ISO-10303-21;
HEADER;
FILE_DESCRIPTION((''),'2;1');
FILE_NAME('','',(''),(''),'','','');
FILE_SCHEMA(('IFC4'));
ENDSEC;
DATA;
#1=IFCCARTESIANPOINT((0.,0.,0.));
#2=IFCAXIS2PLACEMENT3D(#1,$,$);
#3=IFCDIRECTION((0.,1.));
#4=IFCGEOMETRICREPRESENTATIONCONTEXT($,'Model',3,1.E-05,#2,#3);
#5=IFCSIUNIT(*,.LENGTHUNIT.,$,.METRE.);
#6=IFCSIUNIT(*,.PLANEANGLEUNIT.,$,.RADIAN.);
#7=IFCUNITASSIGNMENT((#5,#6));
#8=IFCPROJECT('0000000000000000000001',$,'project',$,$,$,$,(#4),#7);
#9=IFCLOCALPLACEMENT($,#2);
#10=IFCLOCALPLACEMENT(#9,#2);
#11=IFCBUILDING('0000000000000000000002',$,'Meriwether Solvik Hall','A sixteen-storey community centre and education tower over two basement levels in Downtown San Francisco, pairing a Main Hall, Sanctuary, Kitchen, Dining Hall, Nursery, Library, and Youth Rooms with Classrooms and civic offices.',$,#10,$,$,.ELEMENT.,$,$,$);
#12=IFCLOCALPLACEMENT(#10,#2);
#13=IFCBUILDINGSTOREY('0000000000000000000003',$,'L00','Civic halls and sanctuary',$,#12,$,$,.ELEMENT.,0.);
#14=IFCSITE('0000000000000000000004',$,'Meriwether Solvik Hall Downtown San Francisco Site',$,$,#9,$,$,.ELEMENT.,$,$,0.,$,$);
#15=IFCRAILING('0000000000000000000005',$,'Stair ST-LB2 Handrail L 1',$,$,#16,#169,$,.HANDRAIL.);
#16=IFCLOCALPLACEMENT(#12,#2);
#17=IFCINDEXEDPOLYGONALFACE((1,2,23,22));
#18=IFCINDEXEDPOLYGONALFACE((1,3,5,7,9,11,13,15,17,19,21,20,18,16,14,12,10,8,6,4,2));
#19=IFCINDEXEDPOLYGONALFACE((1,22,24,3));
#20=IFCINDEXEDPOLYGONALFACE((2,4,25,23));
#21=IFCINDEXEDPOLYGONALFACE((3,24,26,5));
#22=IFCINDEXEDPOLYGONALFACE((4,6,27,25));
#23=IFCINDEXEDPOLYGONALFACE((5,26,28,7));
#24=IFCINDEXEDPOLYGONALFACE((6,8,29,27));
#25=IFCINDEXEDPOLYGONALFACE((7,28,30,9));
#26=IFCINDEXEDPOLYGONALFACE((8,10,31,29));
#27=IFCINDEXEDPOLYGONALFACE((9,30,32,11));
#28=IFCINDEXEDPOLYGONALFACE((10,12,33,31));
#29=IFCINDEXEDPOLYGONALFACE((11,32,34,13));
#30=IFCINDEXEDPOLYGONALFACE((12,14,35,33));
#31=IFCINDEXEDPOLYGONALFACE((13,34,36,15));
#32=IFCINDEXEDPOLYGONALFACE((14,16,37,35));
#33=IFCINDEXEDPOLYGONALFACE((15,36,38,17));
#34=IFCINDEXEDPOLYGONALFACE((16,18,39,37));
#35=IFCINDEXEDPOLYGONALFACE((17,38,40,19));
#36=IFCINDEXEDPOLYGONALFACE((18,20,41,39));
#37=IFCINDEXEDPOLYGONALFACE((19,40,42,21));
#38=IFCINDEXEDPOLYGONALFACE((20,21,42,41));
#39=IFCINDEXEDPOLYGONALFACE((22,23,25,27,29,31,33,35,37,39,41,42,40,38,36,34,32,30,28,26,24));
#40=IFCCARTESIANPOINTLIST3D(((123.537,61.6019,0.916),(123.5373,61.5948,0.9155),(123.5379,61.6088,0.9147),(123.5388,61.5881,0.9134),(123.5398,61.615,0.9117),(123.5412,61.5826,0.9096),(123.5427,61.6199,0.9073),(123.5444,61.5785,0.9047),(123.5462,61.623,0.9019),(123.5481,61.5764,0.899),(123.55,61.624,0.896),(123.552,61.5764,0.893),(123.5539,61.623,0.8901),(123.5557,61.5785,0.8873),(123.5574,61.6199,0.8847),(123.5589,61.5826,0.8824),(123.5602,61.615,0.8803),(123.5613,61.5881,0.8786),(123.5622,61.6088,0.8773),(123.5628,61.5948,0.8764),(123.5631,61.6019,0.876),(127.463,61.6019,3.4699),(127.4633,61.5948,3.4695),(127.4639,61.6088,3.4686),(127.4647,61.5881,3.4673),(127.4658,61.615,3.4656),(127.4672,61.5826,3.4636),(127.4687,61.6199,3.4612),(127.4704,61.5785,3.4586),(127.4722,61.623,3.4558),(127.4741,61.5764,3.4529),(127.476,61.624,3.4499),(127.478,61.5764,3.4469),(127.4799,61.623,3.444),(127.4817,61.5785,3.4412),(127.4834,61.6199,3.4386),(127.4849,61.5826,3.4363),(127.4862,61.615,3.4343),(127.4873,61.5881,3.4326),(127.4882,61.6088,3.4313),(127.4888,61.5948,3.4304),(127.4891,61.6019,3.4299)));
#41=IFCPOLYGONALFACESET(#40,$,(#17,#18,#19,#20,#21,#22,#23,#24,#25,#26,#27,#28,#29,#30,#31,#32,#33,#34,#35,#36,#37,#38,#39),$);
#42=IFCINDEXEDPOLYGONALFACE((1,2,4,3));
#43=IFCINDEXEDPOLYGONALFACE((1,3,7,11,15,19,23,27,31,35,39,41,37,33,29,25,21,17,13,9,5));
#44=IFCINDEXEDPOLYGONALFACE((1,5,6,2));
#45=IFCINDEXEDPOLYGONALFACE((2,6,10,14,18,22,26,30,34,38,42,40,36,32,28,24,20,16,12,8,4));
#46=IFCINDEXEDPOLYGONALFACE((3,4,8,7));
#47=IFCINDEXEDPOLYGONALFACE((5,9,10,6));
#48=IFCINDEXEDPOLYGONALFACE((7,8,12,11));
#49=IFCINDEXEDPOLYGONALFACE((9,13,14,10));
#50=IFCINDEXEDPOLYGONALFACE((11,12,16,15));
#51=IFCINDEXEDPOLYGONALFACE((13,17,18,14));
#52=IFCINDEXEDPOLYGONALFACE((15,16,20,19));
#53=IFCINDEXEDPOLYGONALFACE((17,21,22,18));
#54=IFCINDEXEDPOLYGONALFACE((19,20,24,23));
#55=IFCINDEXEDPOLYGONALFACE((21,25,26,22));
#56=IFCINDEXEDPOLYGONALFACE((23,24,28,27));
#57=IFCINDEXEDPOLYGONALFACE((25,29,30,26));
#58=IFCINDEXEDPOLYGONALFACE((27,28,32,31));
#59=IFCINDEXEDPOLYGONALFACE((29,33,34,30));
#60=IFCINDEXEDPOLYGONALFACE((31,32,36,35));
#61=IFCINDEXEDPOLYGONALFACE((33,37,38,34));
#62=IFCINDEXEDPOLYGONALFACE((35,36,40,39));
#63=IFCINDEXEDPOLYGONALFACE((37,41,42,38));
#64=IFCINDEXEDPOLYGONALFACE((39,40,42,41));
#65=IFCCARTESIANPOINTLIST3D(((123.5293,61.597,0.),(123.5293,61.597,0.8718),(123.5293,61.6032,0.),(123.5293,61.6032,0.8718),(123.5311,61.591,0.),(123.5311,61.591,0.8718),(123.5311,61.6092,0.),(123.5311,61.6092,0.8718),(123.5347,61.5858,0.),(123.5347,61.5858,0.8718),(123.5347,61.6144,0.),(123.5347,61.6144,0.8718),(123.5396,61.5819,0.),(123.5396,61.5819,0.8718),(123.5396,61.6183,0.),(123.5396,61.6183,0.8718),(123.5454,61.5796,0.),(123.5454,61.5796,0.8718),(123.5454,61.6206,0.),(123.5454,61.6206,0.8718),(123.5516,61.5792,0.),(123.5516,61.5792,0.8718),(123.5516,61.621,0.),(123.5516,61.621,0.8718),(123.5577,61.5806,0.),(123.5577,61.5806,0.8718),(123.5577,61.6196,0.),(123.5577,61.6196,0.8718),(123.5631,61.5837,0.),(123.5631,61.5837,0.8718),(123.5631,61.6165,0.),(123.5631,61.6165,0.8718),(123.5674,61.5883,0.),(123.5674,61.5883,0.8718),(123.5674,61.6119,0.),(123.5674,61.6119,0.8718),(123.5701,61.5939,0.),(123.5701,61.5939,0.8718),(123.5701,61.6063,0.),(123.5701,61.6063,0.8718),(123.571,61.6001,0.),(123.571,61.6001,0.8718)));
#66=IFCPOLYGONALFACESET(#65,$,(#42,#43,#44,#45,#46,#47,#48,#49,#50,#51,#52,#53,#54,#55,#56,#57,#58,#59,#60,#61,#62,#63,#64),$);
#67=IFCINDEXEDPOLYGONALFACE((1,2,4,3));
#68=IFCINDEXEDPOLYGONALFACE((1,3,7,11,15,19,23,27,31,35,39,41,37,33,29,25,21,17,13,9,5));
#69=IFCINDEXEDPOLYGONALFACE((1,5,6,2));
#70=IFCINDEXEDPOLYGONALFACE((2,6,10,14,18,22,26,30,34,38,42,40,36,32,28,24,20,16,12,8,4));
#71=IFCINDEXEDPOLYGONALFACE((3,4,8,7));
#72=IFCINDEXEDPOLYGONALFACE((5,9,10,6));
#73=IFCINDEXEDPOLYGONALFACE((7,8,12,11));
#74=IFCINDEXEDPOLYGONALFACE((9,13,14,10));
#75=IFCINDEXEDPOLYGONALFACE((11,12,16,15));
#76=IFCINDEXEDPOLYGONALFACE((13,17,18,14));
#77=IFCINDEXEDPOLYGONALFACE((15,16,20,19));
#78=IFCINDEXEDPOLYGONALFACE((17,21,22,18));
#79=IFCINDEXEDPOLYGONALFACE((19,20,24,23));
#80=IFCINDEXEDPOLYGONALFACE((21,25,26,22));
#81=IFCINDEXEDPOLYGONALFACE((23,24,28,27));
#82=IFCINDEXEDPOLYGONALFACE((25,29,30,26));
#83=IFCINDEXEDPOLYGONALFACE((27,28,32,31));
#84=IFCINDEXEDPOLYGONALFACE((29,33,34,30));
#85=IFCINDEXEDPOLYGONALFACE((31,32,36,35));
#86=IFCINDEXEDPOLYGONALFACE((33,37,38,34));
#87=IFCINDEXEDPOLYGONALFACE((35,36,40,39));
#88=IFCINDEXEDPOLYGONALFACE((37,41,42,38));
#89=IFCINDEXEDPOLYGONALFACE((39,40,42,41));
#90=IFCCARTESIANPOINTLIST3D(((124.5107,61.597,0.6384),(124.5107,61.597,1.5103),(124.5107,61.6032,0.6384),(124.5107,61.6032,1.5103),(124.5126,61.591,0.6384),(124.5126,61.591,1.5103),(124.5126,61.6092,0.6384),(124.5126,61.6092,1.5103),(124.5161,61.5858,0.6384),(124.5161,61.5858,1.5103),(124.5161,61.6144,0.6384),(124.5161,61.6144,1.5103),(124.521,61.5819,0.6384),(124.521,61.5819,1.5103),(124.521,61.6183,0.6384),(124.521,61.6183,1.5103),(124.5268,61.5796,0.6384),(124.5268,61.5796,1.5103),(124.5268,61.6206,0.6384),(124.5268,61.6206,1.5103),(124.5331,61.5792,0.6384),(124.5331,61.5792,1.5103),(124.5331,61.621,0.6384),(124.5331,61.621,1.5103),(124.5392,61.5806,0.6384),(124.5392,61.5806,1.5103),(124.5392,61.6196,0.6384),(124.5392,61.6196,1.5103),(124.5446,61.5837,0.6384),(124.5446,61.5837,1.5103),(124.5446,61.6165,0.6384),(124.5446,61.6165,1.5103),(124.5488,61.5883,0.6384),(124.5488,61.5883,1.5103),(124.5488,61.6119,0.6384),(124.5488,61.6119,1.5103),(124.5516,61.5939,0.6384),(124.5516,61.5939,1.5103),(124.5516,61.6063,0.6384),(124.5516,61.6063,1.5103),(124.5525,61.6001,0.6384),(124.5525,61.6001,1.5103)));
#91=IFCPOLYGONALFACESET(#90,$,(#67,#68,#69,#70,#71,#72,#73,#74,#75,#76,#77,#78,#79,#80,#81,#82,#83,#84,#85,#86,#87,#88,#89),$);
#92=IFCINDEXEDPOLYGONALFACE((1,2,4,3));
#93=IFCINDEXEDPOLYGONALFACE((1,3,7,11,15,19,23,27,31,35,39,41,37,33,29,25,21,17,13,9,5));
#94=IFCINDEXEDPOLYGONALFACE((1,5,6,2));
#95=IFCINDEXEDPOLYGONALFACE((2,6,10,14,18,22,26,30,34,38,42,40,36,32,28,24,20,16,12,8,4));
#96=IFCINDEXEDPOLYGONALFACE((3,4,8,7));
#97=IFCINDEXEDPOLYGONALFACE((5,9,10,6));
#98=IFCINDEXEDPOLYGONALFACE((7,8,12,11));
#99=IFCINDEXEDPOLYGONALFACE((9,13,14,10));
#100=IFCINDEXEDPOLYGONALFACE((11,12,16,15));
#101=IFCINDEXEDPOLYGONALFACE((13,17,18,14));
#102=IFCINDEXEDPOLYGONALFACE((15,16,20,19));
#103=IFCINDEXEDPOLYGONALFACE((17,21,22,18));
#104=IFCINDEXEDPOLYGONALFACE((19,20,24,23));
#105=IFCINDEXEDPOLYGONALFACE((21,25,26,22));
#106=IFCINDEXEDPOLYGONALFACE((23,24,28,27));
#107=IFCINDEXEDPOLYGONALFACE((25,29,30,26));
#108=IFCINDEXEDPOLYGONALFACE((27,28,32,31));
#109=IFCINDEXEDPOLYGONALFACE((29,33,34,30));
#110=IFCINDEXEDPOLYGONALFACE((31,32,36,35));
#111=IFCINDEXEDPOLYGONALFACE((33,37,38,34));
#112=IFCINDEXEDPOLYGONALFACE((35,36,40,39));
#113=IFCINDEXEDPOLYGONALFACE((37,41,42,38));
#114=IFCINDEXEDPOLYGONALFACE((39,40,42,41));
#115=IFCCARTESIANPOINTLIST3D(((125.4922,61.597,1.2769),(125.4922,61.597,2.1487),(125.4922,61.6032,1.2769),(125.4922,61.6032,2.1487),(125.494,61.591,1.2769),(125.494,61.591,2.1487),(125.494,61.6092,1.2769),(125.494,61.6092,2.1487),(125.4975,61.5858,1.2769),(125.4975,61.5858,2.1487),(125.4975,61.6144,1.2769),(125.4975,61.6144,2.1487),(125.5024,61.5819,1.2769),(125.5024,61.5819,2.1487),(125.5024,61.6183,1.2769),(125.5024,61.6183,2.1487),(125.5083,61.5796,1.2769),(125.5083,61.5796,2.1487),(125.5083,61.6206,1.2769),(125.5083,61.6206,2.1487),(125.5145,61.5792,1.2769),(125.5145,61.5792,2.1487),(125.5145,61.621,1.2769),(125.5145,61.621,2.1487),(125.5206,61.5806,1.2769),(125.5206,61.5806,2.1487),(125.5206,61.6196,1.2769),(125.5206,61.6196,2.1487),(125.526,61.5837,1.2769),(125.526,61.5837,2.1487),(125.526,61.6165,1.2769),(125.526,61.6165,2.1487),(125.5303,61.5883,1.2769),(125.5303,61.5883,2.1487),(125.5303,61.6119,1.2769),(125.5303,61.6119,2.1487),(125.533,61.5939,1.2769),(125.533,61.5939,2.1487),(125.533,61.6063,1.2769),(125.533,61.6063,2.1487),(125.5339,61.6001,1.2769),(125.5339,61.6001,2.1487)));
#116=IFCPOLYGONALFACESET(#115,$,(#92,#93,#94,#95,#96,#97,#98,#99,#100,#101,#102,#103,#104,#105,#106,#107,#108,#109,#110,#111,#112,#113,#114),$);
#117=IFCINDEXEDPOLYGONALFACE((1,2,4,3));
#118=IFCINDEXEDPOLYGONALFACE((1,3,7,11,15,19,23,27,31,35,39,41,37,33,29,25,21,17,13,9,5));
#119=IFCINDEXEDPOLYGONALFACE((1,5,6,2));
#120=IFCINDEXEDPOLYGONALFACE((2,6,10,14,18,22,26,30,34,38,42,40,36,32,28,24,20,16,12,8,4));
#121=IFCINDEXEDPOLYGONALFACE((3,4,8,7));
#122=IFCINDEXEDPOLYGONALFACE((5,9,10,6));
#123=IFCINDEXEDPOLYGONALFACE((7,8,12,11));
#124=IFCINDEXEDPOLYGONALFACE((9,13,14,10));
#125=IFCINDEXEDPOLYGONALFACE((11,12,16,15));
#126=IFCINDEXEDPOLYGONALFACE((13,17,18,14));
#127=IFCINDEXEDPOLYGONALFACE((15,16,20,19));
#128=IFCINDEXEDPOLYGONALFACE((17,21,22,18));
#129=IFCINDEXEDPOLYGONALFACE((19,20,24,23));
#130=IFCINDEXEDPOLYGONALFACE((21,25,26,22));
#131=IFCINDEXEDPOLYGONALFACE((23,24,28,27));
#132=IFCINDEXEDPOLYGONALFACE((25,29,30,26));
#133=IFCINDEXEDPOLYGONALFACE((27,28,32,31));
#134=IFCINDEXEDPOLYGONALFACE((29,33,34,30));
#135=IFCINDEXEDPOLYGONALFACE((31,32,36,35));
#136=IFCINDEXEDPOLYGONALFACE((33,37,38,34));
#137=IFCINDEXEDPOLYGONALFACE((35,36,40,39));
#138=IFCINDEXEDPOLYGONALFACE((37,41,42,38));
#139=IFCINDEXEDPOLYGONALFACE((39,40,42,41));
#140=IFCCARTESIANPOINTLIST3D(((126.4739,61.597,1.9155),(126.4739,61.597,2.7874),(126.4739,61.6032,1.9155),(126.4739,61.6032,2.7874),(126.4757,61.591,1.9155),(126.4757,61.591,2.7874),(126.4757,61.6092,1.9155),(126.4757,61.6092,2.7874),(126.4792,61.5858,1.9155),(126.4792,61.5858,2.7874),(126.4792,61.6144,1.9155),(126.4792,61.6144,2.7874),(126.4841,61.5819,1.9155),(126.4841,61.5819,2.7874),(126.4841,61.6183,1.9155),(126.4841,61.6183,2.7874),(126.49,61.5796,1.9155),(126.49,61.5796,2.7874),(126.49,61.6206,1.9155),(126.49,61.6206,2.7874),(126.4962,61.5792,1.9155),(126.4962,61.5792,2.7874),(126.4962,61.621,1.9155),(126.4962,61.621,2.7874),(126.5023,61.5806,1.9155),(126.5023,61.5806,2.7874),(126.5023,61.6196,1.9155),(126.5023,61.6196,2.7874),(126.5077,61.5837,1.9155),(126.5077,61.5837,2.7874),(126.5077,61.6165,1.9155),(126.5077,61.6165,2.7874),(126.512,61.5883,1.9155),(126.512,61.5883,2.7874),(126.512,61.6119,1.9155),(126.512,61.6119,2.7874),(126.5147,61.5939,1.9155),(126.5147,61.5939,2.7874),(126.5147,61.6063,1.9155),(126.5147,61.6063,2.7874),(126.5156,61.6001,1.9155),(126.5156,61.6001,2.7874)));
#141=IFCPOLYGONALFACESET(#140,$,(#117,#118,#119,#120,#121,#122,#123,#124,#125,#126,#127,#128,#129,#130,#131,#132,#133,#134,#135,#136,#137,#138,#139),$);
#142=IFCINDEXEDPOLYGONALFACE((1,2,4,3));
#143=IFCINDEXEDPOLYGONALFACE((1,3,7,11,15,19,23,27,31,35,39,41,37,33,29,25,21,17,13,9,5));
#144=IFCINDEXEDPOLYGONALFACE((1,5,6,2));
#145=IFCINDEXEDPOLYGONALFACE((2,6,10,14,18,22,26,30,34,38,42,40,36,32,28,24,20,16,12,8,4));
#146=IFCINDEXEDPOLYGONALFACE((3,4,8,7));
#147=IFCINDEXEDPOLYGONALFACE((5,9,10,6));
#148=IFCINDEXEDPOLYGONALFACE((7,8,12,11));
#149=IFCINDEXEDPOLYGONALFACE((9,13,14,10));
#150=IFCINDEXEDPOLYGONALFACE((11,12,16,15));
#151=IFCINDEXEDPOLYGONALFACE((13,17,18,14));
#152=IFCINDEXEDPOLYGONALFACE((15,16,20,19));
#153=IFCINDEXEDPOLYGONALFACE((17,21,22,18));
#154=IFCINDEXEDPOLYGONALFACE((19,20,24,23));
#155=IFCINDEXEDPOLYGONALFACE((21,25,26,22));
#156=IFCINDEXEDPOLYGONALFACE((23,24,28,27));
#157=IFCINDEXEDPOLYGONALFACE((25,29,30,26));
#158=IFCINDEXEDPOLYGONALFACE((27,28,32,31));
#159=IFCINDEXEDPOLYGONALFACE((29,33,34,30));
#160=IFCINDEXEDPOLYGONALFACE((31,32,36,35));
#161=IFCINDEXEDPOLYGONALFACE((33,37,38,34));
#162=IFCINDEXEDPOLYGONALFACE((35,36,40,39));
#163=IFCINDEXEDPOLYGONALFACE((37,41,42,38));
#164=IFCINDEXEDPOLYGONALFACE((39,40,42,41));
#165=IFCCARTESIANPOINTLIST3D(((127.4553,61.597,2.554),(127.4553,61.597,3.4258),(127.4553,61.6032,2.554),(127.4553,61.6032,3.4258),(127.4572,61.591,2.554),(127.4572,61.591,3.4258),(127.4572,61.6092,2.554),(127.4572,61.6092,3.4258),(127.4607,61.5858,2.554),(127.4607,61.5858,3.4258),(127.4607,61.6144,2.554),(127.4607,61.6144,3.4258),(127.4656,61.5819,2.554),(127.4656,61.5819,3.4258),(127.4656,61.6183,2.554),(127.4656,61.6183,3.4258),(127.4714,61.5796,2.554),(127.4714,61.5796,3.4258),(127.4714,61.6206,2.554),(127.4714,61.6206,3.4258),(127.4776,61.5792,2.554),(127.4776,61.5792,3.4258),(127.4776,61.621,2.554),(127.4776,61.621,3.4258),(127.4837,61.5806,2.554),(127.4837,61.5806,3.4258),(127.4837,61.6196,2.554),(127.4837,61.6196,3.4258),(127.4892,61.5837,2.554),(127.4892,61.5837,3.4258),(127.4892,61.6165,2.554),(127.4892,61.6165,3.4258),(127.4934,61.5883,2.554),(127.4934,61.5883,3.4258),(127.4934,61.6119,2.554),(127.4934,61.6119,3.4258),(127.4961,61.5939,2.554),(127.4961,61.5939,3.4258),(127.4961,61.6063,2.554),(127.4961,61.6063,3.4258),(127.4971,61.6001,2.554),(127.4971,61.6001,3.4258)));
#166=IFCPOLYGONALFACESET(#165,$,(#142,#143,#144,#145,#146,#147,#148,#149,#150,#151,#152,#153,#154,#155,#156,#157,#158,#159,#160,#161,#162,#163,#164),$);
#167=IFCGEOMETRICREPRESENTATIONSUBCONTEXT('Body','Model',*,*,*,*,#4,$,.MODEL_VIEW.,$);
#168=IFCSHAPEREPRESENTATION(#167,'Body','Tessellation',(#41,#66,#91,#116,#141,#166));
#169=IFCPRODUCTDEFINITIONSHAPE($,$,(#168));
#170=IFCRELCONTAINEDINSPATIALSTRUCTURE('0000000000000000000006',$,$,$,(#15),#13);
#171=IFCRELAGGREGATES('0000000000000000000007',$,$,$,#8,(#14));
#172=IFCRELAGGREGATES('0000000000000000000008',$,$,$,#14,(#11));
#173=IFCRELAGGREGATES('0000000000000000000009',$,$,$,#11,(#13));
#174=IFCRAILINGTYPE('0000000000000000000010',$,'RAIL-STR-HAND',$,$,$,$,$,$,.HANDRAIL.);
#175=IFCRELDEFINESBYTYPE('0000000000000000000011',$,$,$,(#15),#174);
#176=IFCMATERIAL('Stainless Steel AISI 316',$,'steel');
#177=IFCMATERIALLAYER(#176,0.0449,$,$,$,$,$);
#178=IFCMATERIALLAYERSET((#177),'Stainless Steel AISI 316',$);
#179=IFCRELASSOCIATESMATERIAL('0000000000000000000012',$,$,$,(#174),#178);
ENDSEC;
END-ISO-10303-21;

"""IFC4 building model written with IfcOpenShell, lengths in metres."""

from ifc_helpers import new_model, si_unit, direction, frame, origin, origin_2d, place, context, subcontext, project, spatial, circle, extrude, material, layer, layer_set, type_object, element, save


model = new_model("IFC4")

# Units and contexts
model_context = context("Model", 3, precision=1e-05, world=origin(), true_north=direction((0.0, 1.0)))
body_context = subcontext(model_context, "Body", "Model", "MODEL_VIEW")
ifc_project = project(units=[si_unit("LENGTHUNIT", "METRE"), si_unit("PLANEANGLEUNIT", "RADIAN")], contexts=[model_context])

# Site, building, storey
site_placement = place(None, origin())
site = spatial("IfcSite", under=ifc_project, at=site_placement, Name="Meriwether Solvik Hall Downtown San Francisco Site", CompositionType="ELEMENT", RefElevation=0.0)
building_placement = place(site_placement, origin())
building = spatial("IfcBuilding", under=site, at=building_placement, Name="Meriwether Solvik Hall", Description="A sixteen-storey community centre and education tower over two basement levels in Downtown San Francisco, pairing a Main Hall, Sanctuary, Kitchen, Dining Hall, Nursery, Library, and Youth Rooms with Classrooms and civic offices.", CompositionType="ELEMENT")
storey_placement = place(building_placement, origin())
storey = spatial("IfcBuildingStorey", under=building, at=storey_placement, Name="L00", Description="Civic halls and sanctuary", CompositionType="ELEMENT", Elevation=0.0)

# Railing
ifc_material_1 = material(Name="Stainless Steel AISI 316", Category="steel")
ifc_layer_1 = layer(ifc_material_1, 0.0449)
ifc_layer_set_1 = layer_set([ifc_layer_1], Name="Stainless Steel AISI 316")
railing_type_1 = type_object("IfcRailingType", Name="RAIL-STR-HAND", PredefinedType="HANDRAIL", material=ifc_layer_set_1)
railing_1_placement = place(storey_placement, frame((123.55, 61.6001, 0.0)))
element("IfcRailing", 1, at=railing_1_placement, inside=storey, type_object=railing_type_1, Name="Stair ST-LB2 Handrail L 1", PredefinedType="HANDRAIL", context=body_context, shape_type="SweptSolid", body=[
    extrude(circle(Radius=0.0239, at=origin_2d()), frame((0.0, 0.0, 0.896), z_axis=(0.838245, 0.0, 0.545294), x_axis=(0.0, 1.0, 0.0)), (0.0, 0.0, 1.0), 4.6836),
    extrude(circle(Radius=0.021, at=origin_2d()), origin(), (0.0, 0.0, 1.0), 0.8718),
    extrude(circle(Radius=0.021, at=origin_2d()), frame((0.9814, 0.0, 0.6384)), (0.0, 0.0, 1.0), 0.8718),
    extrude(circle(Radius=0.021, at=origin_2d()), frame((1.9629, 0.0, 1.2769)), (0.0, 0.0, 1.0), 0.8718),
    extrude(circle(Radius=0.021, at=origin_2d()), frame((2.9446, 0.0, 1.9155)), (0.0, 0.0, 1.0), 0.8718),
    extrude(circle(Radius=0.021, at=origin_2d()), frame((3.926, 0.0, 2.554)), (0.0, 0.0, 1.0), 0.8718),
])

save(model, "model.ifc")
